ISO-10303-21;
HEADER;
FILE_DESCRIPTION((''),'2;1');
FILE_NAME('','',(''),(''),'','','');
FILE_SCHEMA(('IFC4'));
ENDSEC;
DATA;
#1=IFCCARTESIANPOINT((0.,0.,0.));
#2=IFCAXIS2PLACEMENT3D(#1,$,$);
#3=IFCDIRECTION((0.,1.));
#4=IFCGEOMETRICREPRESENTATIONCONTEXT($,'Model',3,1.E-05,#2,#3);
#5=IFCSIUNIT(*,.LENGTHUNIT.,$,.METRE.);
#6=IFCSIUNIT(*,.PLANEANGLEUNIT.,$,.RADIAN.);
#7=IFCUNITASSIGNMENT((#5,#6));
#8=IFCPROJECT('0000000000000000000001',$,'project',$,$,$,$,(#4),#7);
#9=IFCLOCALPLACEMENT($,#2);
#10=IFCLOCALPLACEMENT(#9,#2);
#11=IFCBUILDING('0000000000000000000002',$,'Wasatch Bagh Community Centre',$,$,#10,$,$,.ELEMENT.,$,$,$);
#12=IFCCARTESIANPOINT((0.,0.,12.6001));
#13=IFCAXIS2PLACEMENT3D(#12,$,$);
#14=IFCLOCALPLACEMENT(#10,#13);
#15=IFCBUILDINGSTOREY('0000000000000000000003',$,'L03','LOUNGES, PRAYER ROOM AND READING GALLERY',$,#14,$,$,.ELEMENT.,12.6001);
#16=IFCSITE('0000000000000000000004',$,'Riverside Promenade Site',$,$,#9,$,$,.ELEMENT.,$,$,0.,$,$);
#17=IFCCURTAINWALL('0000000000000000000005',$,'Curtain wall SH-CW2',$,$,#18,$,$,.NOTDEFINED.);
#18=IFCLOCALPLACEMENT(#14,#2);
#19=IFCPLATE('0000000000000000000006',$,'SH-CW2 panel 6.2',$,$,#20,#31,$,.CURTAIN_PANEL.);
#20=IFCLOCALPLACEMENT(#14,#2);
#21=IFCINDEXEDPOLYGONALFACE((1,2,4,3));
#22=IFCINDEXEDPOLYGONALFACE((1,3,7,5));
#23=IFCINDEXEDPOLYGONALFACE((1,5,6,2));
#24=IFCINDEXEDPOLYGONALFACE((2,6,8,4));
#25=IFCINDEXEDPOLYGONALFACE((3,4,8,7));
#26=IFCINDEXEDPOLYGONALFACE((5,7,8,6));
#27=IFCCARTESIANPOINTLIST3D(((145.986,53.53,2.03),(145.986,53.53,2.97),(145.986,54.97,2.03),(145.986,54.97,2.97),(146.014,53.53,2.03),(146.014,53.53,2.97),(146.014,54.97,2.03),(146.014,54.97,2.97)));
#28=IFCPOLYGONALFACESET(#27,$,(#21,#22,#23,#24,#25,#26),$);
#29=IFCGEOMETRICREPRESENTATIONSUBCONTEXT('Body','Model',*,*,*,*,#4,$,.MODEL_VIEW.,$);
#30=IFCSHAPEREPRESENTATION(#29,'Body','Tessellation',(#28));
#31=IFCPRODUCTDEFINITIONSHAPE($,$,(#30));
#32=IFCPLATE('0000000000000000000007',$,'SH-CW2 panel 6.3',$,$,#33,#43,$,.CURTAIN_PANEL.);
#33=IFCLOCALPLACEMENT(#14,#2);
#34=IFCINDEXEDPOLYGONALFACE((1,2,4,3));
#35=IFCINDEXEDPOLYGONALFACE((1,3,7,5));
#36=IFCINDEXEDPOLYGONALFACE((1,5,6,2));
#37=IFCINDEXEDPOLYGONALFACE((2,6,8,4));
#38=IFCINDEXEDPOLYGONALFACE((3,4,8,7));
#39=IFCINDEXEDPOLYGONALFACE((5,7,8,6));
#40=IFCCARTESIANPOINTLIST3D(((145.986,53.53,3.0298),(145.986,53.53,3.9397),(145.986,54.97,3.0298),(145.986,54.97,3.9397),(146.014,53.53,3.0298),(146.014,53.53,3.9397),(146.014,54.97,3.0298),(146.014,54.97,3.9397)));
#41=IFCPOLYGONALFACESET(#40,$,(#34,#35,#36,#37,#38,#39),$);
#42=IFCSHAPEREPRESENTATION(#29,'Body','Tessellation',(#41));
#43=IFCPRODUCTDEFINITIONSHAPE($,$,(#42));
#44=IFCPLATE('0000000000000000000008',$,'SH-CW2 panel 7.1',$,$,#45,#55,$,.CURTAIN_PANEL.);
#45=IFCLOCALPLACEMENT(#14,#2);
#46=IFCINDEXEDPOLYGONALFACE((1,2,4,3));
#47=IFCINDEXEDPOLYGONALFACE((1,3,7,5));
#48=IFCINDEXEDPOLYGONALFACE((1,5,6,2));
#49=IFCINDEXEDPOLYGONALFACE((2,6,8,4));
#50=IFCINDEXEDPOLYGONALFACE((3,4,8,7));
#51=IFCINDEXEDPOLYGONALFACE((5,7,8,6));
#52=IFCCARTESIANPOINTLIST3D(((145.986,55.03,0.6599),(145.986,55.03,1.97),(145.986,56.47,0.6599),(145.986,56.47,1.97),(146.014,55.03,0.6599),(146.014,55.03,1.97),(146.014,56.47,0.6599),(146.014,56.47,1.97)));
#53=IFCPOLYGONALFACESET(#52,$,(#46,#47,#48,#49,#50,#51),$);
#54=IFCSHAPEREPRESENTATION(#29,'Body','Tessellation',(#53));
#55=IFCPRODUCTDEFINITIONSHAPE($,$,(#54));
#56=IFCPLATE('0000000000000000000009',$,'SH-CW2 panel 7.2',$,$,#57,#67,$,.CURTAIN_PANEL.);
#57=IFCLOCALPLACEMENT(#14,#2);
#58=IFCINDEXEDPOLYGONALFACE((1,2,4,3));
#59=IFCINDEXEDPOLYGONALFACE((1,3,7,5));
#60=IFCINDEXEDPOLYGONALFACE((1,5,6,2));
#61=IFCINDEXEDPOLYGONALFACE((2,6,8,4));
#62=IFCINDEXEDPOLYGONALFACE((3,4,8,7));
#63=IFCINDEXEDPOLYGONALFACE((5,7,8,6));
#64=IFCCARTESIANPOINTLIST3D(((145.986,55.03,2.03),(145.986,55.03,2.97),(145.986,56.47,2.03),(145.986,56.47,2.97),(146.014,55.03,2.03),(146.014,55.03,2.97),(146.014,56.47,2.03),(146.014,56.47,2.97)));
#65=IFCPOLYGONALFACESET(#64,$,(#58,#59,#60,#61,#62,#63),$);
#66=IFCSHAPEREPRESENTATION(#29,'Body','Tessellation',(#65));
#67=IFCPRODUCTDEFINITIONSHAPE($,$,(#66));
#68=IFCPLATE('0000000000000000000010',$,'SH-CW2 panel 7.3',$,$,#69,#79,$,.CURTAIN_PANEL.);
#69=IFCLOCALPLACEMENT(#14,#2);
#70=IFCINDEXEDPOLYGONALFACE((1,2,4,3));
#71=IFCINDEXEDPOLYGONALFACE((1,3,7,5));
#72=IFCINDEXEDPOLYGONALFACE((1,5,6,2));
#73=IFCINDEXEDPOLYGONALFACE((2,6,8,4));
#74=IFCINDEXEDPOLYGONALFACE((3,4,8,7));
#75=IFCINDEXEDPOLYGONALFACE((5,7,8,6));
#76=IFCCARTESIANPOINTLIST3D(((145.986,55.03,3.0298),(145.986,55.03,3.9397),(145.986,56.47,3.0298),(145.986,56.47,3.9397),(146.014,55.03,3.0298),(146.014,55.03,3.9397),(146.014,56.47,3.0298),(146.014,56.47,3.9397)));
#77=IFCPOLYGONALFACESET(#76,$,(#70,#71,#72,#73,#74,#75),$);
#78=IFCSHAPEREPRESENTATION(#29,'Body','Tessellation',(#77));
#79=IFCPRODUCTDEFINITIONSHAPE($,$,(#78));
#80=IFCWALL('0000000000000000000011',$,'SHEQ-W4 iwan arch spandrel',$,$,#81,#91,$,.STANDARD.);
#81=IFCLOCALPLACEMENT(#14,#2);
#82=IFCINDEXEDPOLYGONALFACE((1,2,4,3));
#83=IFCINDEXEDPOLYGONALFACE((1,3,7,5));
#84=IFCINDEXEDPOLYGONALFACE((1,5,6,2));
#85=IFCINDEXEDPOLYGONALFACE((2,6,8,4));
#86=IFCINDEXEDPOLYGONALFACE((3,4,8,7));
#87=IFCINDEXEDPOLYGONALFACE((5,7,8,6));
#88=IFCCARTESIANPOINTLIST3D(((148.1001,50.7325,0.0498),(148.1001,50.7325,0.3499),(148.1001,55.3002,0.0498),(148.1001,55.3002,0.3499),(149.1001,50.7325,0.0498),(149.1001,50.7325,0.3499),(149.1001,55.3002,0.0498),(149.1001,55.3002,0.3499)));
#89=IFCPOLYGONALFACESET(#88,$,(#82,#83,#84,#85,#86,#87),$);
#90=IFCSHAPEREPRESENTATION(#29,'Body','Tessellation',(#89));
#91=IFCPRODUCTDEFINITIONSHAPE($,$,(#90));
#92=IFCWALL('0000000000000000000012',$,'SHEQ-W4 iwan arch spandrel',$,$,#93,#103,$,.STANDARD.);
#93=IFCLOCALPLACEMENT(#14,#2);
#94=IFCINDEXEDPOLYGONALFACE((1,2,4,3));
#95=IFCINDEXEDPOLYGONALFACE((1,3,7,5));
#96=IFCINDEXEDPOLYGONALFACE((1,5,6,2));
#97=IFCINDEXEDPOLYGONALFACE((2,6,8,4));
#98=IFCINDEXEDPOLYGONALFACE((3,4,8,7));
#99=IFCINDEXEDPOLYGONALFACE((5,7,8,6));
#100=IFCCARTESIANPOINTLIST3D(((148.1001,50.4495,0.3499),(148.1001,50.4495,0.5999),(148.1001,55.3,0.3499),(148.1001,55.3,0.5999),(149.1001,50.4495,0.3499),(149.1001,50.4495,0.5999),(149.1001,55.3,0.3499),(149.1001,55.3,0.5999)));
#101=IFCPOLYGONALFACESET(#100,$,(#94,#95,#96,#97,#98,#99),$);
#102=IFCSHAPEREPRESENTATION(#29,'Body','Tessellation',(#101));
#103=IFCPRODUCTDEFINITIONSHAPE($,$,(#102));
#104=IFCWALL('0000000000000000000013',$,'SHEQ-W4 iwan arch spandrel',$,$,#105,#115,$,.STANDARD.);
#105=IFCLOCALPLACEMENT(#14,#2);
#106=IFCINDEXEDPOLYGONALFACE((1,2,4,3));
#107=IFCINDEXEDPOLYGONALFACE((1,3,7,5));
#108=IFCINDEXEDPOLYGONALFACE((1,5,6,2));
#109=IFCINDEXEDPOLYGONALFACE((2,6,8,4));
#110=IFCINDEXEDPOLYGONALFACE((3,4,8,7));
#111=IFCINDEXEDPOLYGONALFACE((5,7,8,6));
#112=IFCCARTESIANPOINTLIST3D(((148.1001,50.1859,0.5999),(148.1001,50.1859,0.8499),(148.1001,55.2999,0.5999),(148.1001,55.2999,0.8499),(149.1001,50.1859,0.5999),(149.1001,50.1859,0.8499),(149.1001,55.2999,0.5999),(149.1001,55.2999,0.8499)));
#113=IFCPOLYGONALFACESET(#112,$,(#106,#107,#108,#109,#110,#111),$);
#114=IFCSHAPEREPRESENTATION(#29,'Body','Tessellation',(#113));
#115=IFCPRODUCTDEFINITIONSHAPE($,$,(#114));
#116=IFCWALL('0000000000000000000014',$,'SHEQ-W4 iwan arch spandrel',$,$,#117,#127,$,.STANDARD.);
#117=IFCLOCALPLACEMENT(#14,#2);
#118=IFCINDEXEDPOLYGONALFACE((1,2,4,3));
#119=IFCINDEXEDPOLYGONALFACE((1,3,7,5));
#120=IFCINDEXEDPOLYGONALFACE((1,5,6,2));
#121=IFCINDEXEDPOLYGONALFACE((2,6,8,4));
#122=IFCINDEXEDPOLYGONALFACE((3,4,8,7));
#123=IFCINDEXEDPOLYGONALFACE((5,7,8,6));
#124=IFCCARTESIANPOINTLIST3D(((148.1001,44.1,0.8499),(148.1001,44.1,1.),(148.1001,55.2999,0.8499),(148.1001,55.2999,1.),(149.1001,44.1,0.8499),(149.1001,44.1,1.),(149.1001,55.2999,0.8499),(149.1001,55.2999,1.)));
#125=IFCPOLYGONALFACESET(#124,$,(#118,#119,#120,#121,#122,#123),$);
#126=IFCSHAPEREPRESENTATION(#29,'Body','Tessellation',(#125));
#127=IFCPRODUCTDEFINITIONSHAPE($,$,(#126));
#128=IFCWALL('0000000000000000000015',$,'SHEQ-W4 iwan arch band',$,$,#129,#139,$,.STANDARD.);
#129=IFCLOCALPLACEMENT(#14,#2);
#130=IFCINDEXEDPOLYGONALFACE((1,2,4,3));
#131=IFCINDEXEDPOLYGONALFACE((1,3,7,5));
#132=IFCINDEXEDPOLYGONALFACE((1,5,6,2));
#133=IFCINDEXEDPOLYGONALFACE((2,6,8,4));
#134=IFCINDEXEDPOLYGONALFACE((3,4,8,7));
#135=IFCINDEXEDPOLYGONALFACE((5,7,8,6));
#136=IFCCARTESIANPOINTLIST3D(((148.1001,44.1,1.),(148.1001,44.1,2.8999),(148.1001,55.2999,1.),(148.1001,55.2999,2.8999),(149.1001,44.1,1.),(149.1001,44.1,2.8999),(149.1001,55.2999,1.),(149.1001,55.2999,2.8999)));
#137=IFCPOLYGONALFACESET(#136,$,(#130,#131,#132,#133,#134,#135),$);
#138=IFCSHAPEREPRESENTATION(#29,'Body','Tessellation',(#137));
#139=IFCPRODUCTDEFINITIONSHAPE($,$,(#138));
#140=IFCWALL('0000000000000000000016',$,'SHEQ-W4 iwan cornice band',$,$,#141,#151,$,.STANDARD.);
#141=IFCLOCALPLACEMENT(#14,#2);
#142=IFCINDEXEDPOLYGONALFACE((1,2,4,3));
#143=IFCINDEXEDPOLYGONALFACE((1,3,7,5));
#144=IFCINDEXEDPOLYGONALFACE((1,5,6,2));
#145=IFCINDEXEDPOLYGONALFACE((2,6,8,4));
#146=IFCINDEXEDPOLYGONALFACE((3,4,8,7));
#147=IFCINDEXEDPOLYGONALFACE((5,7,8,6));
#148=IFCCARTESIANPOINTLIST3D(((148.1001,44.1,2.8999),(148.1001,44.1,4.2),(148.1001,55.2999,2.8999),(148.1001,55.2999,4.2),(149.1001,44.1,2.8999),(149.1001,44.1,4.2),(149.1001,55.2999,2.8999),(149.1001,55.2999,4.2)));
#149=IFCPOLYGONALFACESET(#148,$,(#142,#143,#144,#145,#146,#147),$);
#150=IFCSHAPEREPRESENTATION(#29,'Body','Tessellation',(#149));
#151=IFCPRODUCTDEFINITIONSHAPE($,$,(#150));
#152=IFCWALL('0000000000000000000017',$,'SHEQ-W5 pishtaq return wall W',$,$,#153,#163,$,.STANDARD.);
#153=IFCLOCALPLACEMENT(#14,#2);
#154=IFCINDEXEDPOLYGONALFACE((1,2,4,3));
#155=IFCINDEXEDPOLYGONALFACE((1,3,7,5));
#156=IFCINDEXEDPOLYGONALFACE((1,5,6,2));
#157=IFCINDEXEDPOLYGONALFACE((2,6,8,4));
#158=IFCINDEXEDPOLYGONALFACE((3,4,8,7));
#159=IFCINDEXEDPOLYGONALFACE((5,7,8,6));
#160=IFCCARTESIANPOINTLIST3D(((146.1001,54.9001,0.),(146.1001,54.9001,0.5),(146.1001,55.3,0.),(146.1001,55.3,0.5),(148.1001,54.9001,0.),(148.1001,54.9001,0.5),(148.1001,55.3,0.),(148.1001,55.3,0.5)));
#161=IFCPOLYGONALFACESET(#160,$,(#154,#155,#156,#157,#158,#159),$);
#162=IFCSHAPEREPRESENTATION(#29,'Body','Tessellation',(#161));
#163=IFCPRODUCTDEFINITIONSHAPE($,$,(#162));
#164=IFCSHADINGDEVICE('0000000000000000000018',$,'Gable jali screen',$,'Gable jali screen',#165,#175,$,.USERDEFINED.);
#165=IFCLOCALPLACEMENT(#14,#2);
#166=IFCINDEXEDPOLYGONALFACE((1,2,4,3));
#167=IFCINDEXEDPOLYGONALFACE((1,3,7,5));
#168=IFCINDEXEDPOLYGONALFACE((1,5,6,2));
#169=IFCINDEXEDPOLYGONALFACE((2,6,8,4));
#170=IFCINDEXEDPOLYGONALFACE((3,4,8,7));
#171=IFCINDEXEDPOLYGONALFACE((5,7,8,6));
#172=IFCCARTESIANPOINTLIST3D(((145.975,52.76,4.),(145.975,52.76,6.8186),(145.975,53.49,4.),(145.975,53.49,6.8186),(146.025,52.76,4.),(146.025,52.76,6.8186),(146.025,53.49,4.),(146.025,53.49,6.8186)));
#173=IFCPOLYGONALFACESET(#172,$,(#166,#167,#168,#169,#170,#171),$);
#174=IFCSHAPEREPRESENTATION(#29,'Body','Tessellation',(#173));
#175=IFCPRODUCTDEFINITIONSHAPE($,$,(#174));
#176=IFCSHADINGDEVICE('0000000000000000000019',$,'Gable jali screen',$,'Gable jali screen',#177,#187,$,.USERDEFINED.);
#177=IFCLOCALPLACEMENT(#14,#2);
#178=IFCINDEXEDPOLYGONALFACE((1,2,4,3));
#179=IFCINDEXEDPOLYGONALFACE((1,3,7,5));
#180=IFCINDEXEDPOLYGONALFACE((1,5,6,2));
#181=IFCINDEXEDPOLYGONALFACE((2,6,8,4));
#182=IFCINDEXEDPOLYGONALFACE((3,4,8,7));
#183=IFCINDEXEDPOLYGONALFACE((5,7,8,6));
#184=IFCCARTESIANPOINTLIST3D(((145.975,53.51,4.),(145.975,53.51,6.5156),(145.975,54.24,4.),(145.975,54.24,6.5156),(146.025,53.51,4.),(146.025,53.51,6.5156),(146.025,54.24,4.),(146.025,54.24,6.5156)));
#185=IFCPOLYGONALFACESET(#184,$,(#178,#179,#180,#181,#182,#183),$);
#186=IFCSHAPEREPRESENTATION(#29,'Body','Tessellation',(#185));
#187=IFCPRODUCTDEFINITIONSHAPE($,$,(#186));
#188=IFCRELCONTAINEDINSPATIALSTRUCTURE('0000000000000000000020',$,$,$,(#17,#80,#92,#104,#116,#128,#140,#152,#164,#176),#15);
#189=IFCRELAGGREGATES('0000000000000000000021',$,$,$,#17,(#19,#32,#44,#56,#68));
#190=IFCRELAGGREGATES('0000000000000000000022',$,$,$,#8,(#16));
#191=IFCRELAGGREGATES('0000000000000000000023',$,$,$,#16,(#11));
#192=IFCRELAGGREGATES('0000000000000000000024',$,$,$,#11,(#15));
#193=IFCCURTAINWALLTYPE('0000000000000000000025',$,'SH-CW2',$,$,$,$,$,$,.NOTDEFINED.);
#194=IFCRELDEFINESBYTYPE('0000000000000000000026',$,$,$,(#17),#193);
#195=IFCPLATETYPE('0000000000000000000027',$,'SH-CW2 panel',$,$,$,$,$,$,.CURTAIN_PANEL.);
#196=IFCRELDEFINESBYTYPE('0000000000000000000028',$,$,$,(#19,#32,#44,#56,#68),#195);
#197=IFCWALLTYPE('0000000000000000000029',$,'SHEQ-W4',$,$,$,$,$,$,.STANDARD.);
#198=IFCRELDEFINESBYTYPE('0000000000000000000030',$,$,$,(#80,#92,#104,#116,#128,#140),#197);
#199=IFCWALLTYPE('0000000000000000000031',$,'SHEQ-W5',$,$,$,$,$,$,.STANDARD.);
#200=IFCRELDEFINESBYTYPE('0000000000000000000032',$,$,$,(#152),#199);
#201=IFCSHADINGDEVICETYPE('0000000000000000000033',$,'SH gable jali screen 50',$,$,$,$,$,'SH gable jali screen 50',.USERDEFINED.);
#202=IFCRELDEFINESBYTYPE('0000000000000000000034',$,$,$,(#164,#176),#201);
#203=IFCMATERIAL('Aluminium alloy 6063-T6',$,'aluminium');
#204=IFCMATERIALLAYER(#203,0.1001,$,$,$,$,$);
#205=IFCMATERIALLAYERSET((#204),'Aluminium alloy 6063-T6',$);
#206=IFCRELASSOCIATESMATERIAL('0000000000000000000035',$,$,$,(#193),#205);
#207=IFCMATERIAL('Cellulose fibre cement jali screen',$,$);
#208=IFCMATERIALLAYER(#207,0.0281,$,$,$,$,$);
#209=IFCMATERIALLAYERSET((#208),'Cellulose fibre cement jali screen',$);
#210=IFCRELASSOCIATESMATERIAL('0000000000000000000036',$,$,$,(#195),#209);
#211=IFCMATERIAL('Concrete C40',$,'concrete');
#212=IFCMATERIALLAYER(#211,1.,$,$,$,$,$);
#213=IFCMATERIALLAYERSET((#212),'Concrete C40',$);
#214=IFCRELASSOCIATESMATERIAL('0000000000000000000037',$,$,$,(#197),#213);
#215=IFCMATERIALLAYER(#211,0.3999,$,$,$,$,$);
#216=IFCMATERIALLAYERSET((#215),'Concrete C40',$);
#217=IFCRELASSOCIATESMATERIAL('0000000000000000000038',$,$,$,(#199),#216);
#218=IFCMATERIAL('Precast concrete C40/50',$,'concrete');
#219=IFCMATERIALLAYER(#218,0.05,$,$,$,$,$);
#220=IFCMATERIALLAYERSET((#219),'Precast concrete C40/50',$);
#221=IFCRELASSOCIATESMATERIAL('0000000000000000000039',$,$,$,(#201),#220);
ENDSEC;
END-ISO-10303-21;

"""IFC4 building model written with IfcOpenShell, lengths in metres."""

from ifc_helpers import new_model, si_unit, direction, frame, frame_2d, origin, origin_2d, place, context, subcontext, project, spatial, rectangle, extrude, material, layer, layer_set, type_object, element, aggregate, save


model = new_model("IFC4")

# Units and contexts
model_context = context("Model", 3, precision=1e-05, world=origin(), true_north=direction((0.0, 1.0)))
body_context = subcontext(model_context, "Body", "Model", "MODEL_VIEW")
ifc_project = project(units=[si_unit("LENGTHUNIT", "METRE"), si_unit("PLANEANGLEUNIT", "RADIAN")], contexts=[model_context])

# Site, building, storey
site_placement = place(None, origin())
site = spatial("IfcSite", under=ifc_project, at=site_placement, Name="Riverside Promenade Site", CompositionType="ELEMENT", RefElevation=0.0)
building_placement = place(site_placement, origin())
building = spatial("IfcBuilding", under=site, at=building_placement, Name="Wasatch Bagh Community Centre", CompositionType="ELEMENT")
storey_placement = place(building_placement, frame((0.0, 0.0, 12.6001)))
storey = spatial("IfcBuildingStorey", under=building, at=storey_placement, Name="L03", Description="LOUNGES, PRAYER ROOM AND READING GALLERY", CompositionType="ELEMENT", Elevation=12.6001)

# Curtain wall, plates
ifc_material_1 = material(Name="Aluminium alloy 6063-T6", Category="aluminium")
ifc_layer_1 = layer(ifc_material_1, 0.1001)
ifc_layer_set_1 = layer_set([ifc_layer_1], Name="Aluminium alloy 6063-T6")
curtain_wall_type = type_object("IfcCurtainWallType", Name="SH-CW2", PredefinedType="NOTDEFINED", material=ifc_layer_set_1)
curtain_wall_placement = place(storey_placement, origin())
curtain_wall = element("IfcCurtainWall", 1, at=curtain_wall_placement, inside=storey, type_object=curtain_wall_type, Name="Curtain wall SH-CW2", PredefinedType="NOTDEFINED")
ifc_material_2 = material(Name="Cellulose fibre cement jali screen")
ifc_layer_2 = layer(ifc_material_2, 0.0281)
ifc_layer_set_2 = layer_set([ifc_layer_2], Name="Cellulose fibre cement jali screen")
plate_type = type_object("IfcPlateType", Name="SH-CW2 panel", PredefinedType="CURTAIN_PANEL", material=ifc_layer_set_2)
plate_1_placement = place(storey_placement, frame((146.0, 54.25, 2.03), z_axis=(0.0, 0.0, 1.0), x_axis=(0.0, 1.0, 0.0)))
plate_1 = element("IfcPlate", 2, at=plate_1_placement, type_object=plate_type, Name="SH-CW2 panel 6.2", PredefinedType="CURTAIN_PANEL", context=body_context, shape_type="SweptSolid", body=[
    extrude(rectangle(XDim=1.4399, YDim=0.0281, at=origin_2d()), origin(), (0.0, 0.0, 1.0), 0.9399),
])
plate_2_placement = place(storey_placement, frame((146.0, 54.25, 3.0298), z_axis=(0.0, 0.0, 1.0), x_axis=(0.0, 1.0, 0.0)))
plate_2 = element("IfcPlate", 3, at=plate_2_placement, type_object=plate_type, Name="SH-CW2 panel 6.3", PredefinedType="CURTAIN_PANEL", context=body_context, shape_type="SweptSolid", body=[
    extrude(rectangle(XDim=1.4399, YDim=0.0281, at=origin_2d()), origin(), (0.0, 0.0, 1.0), 0.9099),
])
plate_3_placement = place(storey_placement, frame((146.0, 55.75, 0.6599), z_axis=(0.0, 0.0, 1.0), x_axis=(0.0, 1.0, 0.0)))
plate_3 = element("IfcPlate", 4, at=plate_3_placement, type_object=plate_type, Name="SH-CW2 panel 7.1", PredefinedType="CURTAIN_PANEL", context=body_context, shape_type="SweptSolid", body=[
    extrude(rectangle(XDim=1.4399, YDim=0.0281, at=origin_2d()), origin(), (0.0, 0.0, 1.0), 1.3101),
])
plate_4_placement = place(storey_placement, frame((146.0, 55.75, 2.03), z_axis=(0.0, 0.0, 1.0), x_axis=(0.0, 1.0, 0.0)))
plate_4 = element("IfcPlate", 5, at=plate_4_placement, type_object=plate_type, Name="SH-CW2 panel 7.2", PredefinedType="CURTAIN_PANEL", context=body_context, shape_type="SweptSolid", body=[
    extrude(rectangle(XDim=1.4399, YDim=0.0281, at=origin_2d()), origin(), (0.0, 0.0, 1.0), 0.9399),
])
plate_5_placement = place(storey_placement, frame((146.0, 55.75, 3.0298), z_axis=(0.0, 0.0, 1.0), x_axis=(0.0, 1.0, 0.0)))
plate_5 = element("IfcPlate", 6, at=plate_5_placement, type_object=plate_type, Name="SH-CW2 panel 7.3", PredefinedType="CURTAIN_PANEL", context=body_context, shape_type="SweptSolid", body=[
    extrude(rectangle(XDim=1.4399, YDim=0.0281, at=origin_2d()), origin(), (0.0, 0.0, 1.0), 0.9099),
])
aggregate(curtain_wall, [plate_1, plate_2, plate_3, plate_4, plate_5])

# Walls
ifc_material_3 = material(Name="Concrete C40", Category="concrete")
ifc_layer_3 = layer(ifc_material_3, 1.0)
ifc_layer_set_3 = layer_set([ifc_layer_3], Name="Concrete C40")
wall_type_1 = type_object("IfcWallType", Name="SHEQ-W4", PredefinedType="STANDARD", material=ifc_layer_set_3)
wall_1_placement = place(storey_placement, frame((148.6001, 55.3, 0.0498), z_axis=(0.0, 0.0, 1.0), x_axis=(0.0, -1.0, 0.0)))
element("IfcWall", 7, at=wall_1_placement, inside=storey, type_object=wall_type_1, Name="SHEQ-W4 iwan arch spandrel", PredefinedType="STANDARD", context=body_context, shape_type="SweptSolid", body=[
    extrude(rectangle(XDim=4.5676, YDim=1.0, at=frame_2d((2.2837, 0.0))), origin(), (0.0, 0.0, 1.0), 0.3),
])
wall_2_placement = place(storey_placement, frame((148.6001, 55.3, 0.3499), z_axis=(0.0, 0.0, 1.0), x_axis=(0.0, -1.0, 0.0)))
element("IfcWall", 8, at=wall_2_placement, inside=storey, type_object=wall_type_1, Name="SHEQ-W4 iwan arch spandrel", PredefinedType="STANDARD", context=body_context, shape_type="SweptSolid", body=[
    extrude(rectangle(XDim=4.8506, YDim=1.0, at=frame_2d((2.4253, 0.0))), origin(), (0.0, 0.0, 1.0), 0.25),
])
wall_3_placement = place(storey_placement, frame((148.6001, 55.3, 0.5999), z_axis=(0.0, 0.0, 1.0), x_axis=(0.0, -1.0, 0.0)))
element("IfcWall", 9, at=wall_3_placement, inside=storey, type_object=wall_type_1, Name="SHEQ-W4 iwan arch spandrel", PredefinedType="STANDARD", context=body_context, shape_type="SweptSolid", body=[
    extrude(rectangle(XDim=5.114, YDim=1.0, at=frame_2d((2.5571, 0.0))), origin(), (0.0, 0.0, 1.0), 0.25),
])
wall_4_placement = place(storey_placement, frame((148.6001, 55.3, 0.8499), z_axis=(0.0, 0.0, 1.0), x_axis=(0.0, -1.0, 0.0)))
element("IfcWall", 10, at=wall_4_placement, inside=storey, type_object=wall_type_1, Name="SHEQ-W4 iwan arch spandrel", PredefinedType="STANDARD", context=body_context, shape_type="SweptSolid", body=[
    extrude(rectangle(XDim=11.2, YDim=1.0, at=frame_2d((5.6001, 0.0))), origin(), (0.0, 0.0, 1.0), 0.1501),
])
wall_5_placement = place(storey_placement, frame((148.6001, 55.3, 1.0), z_axis=(0.0, 0.0, 1.0), x_axis=(0.0, -1.0, 0.0)))
element("IfcWall", 11, at=wall_5_placement, inside=storey, type_object=wall_type_1, Name="SHEQ-W4 iwan arch band", PredefinedType="STANDARD", context=body_context, shape_type="SweptSolid", body=[
    extrude(rectangle(XDim=11.2, YDim=1.0, at=frame_2d((5.6001, 0.0))), origin(), (0.0, 0.0, 1.0), 1.8999),
])
wall_6_placement = place(storey_placement, frame((148.6001, 55.3, 2.8999), z_axis=(0.0, 0.0, 1.0), x_axis=(0.0, -1.0, 0.0)))
element("IfcWall", 12, at=wall_6_placement, inside=storey, type_object=wall_type_1, Name="SHEQ-W4 iwan cornice band", PredefinedType="STANDARD", context=body_context, shape_type="SweptSolid", body=[
    extrude(rectangle(XDim=11.2, YDim=1.0, at=frame_2d((5.6001, 0.0))), origin(), (0.0, 0.0, 1.0), 1.3),
])
ifc_layer_4 = layer(ifc_material_3, 0.3999)
ifc_layer_set_4 = layer_set([ifc_layer_4], Name="Concrete C40")
wall_type_2 = type_object("IfcWallType", Name="SHEQ-W5", PredefinedType="STANDARD", material=ifc_layer_set_4)
wall_7_placement = place(storey_placement, frame((148.1001, 55.1001, 0.0), z_axis=(0.0, 0.0, 1.0), x_axis=(-1.0, 0.0, 0.0)))
element("IfcWall", 13, at=wall_7_placement, inside=storey, type_object=wall_type_2, Name="SHEQ-W5 pishtaq return wall W", PredefinedType="STANDARD", context=body_context, shape_type="SweptSolid", body=[
    extrude(rectangle(XDim=2.0, YDim=0.3999, at=frame_2d((1.0, 0.0))), origin(), (0.0, 0.0, 1.0), 0.5),
])

# Shading devices
ifc_material_4 = material(Name="Precast concrete C40/50", Category="concrete")
ifc_layer_5 = layer(ifc_material_4, 0.05)
ifc_layer_set_5 = layer_set([ifc_layer_5], Name="Precast concrete C40/50")
shading_device_type = type_object("IfcShadingDeviceType", Name="SH gable jali screen 50", ElementType="SH gable jali screen 50", PredefinedType="USERDEFINED", material=ifc_layer_set_5)
shading_device_1_placement = place(storey_placement, frame((146.0, 53.125, 4.0), z_axis=(0.0, 0.0, 1.0), x_axis=(1.0, 0.0, 0.0)))
element("IfcShadingDevice", 14, at=shading_device_1_placement, inside=storey, type_object=shading_device_type, Name="Gable jali screen", ObjectType="Gable jali screen", PredefinedType="USERDEFINED", context=body_context, shape_type="SweptSolid", body=[
    extrude(rectangle(XDim=0.05, YDim=0.73, at=origin_2d()), origin(), (0.0, 0.0, 1.0), 2.8186),
])
shading_device_2_placement = place(storey_placement, frame((146.0, 53.875, 4.0), z_axis=(0.0, 0.0, 1.0), x_axis=(1.0, 0.0, 0.0)))
element("IfcShadingDevice", 15, at=shading_device_2_placement, inside=storey, type_object=shading_device_type, Name="Gable jali screen", ObjectType="Gable jali screen", PredefinedType="USERDEFINED", context=body_context, shape_type="SweptSolid", body=[
    extrude(rectangle(XDim=0.05, YDim=0.73, at=origin_2d()), origin(), (0.0, 0.0, 1.0), 2.5156),
])

save(model, "model.ifc")
